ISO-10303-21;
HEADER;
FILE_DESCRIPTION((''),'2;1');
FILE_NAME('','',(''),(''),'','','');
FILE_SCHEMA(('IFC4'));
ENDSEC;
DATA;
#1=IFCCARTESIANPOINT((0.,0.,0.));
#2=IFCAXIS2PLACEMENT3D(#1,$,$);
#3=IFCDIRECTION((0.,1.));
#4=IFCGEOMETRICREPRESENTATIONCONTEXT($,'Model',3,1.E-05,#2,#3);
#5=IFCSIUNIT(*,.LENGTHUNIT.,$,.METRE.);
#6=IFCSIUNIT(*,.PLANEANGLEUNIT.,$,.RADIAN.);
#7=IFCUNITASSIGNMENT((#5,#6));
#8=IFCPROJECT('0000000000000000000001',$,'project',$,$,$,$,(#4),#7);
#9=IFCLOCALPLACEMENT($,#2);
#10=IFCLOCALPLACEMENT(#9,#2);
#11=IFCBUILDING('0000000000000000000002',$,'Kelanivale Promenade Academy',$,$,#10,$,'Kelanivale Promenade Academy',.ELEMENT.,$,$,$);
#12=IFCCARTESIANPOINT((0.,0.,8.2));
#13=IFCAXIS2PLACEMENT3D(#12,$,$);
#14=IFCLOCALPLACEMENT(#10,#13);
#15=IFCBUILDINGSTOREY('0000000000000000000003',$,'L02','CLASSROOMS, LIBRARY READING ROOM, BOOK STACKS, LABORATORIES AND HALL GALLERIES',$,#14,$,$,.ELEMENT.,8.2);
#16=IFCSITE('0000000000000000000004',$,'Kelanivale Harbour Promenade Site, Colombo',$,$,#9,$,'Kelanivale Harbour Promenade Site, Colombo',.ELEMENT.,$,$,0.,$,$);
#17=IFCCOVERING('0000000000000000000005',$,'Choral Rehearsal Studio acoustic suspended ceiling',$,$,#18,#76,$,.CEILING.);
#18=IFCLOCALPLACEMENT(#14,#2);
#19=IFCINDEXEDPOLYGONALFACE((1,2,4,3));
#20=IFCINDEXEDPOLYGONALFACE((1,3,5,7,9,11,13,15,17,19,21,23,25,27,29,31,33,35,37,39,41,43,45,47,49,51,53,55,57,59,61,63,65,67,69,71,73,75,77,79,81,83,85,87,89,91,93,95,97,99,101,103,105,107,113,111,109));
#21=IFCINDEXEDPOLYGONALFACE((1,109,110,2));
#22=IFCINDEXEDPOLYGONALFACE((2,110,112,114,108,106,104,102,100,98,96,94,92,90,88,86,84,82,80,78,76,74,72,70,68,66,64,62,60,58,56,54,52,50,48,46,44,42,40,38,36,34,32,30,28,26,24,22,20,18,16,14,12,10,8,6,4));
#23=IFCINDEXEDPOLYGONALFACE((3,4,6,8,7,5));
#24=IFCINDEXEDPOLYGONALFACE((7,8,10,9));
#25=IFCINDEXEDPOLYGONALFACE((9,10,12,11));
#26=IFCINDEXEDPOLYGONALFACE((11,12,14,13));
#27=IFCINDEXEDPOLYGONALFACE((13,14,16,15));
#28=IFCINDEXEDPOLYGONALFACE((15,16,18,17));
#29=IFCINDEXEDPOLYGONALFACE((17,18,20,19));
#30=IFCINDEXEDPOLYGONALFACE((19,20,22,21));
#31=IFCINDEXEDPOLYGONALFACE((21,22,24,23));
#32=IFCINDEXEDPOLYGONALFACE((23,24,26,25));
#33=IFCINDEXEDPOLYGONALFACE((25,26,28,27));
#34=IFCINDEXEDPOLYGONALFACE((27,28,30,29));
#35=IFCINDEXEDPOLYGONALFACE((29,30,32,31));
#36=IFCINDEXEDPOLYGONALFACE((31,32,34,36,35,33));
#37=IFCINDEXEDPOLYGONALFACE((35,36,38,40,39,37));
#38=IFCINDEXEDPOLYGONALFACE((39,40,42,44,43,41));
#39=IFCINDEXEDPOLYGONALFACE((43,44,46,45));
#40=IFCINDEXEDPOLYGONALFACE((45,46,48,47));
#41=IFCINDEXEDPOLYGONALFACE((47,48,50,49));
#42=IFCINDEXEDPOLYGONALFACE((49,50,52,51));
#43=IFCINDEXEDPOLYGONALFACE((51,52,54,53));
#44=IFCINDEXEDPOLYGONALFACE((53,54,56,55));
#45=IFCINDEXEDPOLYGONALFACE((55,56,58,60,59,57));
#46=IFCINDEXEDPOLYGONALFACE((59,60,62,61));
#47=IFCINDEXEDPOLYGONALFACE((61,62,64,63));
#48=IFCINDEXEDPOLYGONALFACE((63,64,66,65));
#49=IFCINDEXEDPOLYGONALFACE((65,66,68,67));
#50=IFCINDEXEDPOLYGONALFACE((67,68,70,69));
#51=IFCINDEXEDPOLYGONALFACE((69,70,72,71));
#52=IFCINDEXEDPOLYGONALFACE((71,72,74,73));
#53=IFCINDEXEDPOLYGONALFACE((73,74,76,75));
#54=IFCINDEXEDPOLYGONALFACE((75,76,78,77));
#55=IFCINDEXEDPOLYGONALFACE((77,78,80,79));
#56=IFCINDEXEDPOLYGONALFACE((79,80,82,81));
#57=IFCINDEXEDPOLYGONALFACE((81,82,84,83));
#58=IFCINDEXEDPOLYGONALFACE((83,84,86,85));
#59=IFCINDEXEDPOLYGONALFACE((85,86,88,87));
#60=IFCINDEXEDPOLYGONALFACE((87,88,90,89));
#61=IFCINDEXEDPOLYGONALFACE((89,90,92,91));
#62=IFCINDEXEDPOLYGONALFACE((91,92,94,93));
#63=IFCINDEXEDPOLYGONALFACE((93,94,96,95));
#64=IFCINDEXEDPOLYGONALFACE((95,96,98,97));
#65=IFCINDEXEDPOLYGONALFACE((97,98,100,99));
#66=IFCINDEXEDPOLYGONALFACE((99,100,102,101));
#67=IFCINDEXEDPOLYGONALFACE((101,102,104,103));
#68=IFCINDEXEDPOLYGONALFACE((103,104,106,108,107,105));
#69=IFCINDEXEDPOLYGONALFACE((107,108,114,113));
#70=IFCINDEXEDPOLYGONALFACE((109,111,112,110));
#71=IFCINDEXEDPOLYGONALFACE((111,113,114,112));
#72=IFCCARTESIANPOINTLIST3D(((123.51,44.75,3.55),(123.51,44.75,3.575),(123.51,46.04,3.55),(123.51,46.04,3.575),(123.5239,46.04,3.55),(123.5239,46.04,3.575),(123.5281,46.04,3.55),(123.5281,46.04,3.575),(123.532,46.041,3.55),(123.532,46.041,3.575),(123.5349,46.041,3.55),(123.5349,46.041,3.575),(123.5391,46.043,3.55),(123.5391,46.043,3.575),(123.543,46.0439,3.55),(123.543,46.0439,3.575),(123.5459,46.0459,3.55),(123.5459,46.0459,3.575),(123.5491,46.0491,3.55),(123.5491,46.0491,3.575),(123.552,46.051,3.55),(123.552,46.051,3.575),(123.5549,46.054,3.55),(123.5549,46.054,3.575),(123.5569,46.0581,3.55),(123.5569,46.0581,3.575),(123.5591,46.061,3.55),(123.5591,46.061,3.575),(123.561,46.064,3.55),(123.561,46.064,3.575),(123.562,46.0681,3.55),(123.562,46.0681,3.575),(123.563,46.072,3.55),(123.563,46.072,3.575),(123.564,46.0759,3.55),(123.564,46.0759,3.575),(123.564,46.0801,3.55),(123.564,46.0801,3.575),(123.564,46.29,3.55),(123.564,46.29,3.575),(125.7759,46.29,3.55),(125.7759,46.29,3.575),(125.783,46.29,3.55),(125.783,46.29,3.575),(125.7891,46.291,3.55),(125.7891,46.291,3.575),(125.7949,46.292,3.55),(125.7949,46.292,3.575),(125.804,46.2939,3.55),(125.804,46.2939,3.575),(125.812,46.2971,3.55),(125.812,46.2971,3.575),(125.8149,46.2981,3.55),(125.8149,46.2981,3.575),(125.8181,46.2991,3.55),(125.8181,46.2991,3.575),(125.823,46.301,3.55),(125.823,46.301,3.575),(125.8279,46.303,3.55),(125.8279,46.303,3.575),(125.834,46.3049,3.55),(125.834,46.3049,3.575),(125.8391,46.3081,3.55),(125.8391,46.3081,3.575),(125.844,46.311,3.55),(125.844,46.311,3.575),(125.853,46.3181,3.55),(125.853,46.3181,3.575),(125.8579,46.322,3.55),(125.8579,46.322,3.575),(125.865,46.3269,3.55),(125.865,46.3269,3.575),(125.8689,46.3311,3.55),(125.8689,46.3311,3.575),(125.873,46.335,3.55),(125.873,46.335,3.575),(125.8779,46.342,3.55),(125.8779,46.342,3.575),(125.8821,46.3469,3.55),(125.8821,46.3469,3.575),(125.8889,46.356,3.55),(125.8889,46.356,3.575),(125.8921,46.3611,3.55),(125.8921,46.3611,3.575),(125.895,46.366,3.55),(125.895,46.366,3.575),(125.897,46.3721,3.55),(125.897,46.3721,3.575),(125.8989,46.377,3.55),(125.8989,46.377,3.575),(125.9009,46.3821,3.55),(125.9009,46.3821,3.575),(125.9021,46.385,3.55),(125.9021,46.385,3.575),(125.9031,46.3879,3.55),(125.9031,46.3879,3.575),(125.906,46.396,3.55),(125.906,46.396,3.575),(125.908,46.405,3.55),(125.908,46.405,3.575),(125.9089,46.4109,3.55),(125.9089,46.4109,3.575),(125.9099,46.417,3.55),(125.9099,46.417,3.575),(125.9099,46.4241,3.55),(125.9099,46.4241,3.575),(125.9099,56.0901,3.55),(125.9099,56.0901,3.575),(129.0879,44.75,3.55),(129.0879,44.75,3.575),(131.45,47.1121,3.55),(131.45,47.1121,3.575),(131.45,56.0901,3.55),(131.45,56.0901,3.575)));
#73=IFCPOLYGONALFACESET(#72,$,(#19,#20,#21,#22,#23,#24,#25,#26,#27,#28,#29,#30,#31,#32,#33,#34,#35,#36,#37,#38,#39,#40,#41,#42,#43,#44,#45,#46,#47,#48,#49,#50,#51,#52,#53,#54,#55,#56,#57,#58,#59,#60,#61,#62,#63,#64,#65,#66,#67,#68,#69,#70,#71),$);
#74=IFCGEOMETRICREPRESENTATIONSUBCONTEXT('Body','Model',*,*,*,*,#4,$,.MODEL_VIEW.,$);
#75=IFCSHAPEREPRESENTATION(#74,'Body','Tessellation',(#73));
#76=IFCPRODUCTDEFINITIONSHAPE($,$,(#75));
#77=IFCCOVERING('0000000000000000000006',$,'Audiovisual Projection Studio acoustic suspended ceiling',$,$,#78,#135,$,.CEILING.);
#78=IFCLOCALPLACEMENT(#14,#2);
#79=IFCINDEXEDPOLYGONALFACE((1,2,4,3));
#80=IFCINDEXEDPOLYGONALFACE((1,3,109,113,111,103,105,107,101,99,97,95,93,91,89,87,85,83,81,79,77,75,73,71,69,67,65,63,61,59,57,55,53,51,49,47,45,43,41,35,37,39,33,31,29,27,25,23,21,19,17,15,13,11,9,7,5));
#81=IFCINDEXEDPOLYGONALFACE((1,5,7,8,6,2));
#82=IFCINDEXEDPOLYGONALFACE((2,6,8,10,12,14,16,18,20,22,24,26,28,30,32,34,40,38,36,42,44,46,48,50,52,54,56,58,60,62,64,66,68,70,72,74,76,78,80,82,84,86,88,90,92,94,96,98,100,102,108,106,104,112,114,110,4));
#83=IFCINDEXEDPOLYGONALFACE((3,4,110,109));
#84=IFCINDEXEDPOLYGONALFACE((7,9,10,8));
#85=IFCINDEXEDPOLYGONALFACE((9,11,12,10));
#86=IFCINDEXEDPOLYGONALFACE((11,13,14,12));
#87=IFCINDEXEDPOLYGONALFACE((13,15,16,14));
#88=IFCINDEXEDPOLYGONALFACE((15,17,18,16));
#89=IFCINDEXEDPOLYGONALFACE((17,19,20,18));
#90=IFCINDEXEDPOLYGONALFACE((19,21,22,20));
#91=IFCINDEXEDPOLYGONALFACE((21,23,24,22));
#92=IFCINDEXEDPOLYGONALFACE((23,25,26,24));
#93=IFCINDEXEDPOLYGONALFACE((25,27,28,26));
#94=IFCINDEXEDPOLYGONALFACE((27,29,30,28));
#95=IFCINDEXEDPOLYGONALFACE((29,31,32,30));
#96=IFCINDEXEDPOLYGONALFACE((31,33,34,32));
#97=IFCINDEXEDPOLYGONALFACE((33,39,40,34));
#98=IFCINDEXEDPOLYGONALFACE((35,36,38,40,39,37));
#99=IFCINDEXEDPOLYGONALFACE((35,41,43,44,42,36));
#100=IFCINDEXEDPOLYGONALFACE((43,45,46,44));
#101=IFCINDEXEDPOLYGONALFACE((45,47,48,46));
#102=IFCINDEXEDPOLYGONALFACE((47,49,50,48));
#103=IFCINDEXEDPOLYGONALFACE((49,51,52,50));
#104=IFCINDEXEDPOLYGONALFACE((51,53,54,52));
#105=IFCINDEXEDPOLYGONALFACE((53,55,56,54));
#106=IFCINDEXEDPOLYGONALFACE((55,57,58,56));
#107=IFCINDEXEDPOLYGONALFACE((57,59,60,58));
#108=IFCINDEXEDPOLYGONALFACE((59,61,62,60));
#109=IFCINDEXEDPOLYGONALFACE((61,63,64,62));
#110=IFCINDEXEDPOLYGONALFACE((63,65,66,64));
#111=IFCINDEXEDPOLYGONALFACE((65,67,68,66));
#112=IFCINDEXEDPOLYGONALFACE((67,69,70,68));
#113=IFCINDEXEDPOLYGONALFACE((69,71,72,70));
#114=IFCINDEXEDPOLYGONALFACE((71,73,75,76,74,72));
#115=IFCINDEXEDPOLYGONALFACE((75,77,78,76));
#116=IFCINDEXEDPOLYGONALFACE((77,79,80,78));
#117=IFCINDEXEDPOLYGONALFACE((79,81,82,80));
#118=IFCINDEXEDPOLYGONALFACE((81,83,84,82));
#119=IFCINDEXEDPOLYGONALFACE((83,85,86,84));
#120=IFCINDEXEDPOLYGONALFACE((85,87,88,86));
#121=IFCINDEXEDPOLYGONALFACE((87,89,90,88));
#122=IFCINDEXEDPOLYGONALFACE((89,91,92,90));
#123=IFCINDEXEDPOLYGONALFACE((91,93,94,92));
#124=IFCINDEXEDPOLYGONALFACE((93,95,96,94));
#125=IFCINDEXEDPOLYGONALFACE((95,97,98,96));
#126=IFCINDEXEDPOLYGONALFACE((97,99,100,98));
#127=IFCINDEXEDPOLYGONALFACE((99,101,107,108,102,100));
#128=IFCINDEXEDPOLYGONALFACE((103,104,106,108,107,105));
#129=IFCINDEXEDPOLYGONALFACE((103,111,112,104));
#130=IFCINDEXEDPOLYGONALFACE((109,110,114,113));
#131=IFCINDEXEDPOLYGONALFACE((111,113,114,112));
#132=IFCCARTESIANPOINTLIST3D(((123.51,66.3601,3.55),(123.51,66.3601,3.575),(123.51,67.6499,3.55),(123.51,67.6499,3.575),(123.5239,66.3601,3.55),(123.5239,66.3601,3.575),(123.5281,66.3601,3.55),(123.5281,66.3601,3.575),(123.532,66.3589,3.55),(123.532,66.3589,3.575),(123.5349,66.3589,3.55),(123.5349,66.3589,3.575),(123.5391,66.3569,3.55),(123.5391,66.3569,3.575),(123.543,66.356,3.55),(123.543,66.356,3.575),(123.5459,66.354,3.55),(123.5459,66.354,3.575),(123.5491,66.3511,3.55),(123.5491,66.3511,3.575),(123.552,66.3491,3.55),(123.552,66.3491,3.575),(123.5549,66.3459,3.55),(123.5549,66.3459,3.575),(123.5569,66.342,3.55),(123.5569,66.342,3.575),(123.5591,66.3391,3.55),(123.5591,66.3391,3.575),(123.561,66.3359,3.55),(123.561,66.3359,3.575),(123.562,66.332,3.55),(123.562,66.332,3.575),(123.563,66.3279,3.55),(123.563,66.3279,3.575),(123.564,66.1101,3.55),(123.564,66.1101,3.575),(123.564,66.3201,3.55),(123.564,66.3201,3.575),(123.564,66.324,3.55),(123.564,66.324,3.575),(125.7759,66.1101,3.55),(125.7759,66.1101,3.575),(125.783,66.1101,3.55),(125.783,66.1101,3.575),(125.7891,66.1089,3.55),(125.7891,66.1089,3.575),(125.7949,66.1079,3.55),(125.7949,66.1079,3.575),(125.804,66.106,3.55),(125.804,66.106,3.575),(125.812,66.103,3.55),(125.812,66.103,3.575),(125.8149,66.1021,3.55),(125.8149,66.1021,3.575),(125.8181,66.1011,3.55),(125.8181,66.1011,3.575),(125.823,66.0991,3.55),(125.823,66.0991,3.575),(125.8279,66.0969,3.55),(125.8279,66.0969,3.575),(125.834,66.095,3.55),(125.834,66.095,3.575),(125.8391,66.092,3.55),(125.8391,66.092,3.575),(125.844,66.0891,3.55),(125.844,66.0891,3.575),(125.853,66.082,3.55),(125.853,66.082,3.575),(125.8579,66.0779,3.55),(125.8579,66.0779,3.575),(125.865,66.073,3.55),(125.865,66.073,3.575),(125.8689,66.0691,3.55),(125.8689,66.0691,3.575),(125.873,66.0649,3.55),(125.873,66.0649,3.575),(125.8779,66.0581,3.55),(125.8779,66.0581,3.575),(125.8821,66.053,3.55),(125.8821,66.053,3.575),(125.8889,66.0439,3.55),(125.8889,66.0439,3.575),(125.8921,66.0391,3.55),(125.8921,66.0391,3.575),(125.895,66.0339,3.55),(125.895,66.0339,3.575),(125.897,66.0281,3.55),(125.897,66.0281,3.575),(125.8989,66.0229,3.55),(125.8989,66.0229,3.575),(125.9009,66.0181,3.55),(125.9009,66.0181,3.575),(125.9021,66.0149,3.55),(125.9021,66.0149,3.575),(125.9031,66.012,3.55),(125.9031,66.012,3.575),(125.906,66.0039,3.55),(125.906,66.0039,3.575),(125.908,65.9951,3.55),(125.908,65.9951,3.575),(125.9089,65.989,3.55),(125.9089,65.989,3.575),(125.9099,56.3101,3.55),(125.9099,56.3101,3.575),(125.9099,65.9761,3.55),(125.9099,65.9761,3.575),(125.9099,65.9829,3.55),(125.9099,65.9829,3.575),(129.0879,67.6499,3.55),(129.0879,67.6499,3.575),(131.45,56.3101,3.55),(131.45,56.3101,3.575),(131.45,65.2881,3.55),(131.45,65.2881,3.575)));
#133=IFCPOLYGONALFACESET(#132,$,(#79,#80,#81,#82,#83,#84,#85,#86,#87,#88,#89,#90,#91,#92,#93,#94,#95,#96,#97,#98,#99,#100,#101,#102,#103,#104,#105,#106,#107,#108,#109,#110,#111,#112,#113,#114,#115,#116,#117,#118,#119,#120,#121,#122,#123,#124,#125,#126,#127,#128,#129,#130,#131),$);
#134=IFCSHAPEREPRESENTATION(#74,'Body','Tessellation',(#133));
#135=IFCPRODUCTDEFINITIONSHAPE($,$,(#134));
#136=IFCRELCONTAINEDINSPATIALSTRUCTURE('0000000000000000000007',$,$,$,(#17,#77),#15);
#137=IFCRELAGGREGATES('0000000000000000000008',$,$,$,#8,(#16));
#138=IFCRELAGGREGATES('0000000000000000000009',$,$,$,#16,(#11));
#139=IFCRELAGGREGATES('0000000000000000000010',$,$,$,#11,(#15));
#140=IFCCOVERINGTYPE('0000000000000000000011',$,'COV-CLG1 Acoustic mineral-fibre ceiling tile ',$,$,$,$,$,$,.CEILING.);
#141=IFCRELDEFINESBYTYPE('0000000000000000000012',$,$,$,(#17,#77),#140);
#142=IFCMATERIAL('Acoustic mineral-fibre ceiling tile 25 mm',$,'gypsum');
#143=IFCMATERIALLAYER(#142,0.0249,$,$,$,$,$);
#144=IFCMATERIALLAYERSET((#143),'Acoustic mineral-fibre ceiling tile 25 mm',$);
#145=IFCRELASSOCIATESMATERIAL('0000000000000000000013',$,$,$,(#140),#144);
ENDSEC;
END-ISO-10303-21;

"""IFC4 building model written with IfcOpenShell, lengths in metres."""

from ifc_helpers import new_model, si_unit, direction, frame, origin, place, context, subcontext, project, spatial, polyline, outline, extrude, material, layer, layer_set, type_object, element, save


model = new_model("IFC4")

# Units and contexts
model_context = context("Model", 3, precision=1e-05, world=origin(), true_north=direction((0.0, 1.0)))
body_context = subcontext(model_context, "Body", "Model", "MODEL_VIEW")
ifc_project = project(units=[si_unit("LENGTHUNIT", "METRE"), si_unit("PLANEANGLEUNIT", "RADIAN")], contexts=[model_context])

# Site, building, storey
site_placement = place(None, origin())
site = spatial("IfcSite", under=ifc_project, at=site_placement, Name="Kelanivale Harbour Promenade Site, Colombo", LongName="Kelanivale Harbour Promenade Site, Colombo", CompositionType="ELEMENT", RefElevation=0.0)
building_placement = place(site_placement, origin())
building = spatial("IfcBuilding", under=site, at=building_placement, Name="Kelanivale Promenade Academy", LongName="Kelanivale Promenade Academy", CompositionType="ELEMENT")
storey_placement = place(building_placement, frame((0.0, 0.0, 8.2)))
storey = spatial("IfcBuildingStorey", under=building, at=storey_placement, Name="L02", Description="CLASSROOMS, LIBRARY READING ROOM, BOOK STACKS, LABORATORIES AND HALL GALLERIES", CompositionType="ELEMENT", Elevation=8.2)

# Coverings
ifc_material_1 = material(Name="Acoustic mineral-fibre ceiling tile 25 mm", Category="gypsum")
ifc_layer_1 = layer(ifc_material_1, 0.0249)
ifc_layer_set_1 = layer_set([ifc_layer_1], Name="Acoustic mineral-fibre ceiling tile 25 mm")
covering_type_1 = type_object("IfcCoveringType", Name="COV-CLG1 Acoustic mineral-fibre ceiling tile ", PredefinedType="CEILING", material=ifc_layer_set_1)
covering_1_placement = place(storey_placement, frame((0.0, 0.0, 3.55)))
element("IfcCovering", 1, at=covering_1_placement, inside=storey, type_object=covering_type_1, Name="Choral Rehearsal Studio acoustic suspended ceiling", PredefinedType="CEILING", context=body_context, shape_type="SweptSolid", body=[
    extrude(outline(polyline([(131.45, 47.1121), (131.45, 56.0901), (125.9099, 56.0901), (125.9099, 46.4241), (125.9099, 46.417), (125.9089, 46.4109), (125.908, 46.405), (125.906, 46.396), (125.9031, 46.3879), (125.9021, 46.385), (125.9009, 46.3821), (125.8989, 46.377), (125.897, 46.3721), (125.895, 46.366), (125.8921, 46.3611), (125.8889, 46.356), (125.8821, 46.3469), (125.8779, 46.342), (125.873, 46.335), (125.8689, 46.3311), (125.865, 46.3269), (125.8579, 46.322), (125.853, 46.3181), (125.844, 46.311), (125.8391, 46.3081), (125.834, 46.3049), (125.8279, 46.303), (125.823, 46.301), (125.8181, 46.2991), (125.8149, 46.2981), (125.812, 46.2971), (125.804, 46.2939), (125.7949, 46.292), (125.7891, 46.291), (125.783, 46.29), (125.7759, 46.29), (123.564, 46.29), (123.564, 46.0801), (123.564, 46.0759), (123.563, 46.072), (123.562, 46.0681), (123.561, 46.064), (123.5591, 46.061), (123.5569, 46.0581), (123.5549, 46.054), (123.552, 46.051), (123.5491, 46.0491), (123.5459, 46.0459), (123.543, 46.0439), (123.5391, 46.043), (123.5349, 46.041), (123.532, 46.041), (123.5281, 46.04), (123.5239, 46.04), (123.51, 46.04), (123.51, 44.75), (129.0879, 44.75), (131.45, 47.1121)])), origin(), (0.0, 0.0, 1.0), 0.0249),
])
covering_2_placement = place(storey_placement, frame((0.0, 0.0, 3.55)))
element("IfcCovering", 2, at=covering_2_placement, inside=storey, type_object=covering_type_1, Name="Audiovisual Projection Studio acoustic suspended ceiling", PredefinedType="CEILING", context=body_context, shape_type="SweptSolid", body=[
    extrude(outline(polyline([(131.45, 65.2881), (129.0879, 67.6499), (123.51, 67.6499), (123.51, 66.3601), (123.5239, 66.3601), (123.5281, 66.3601), (123.532, 66.3589), (123.5349, 66.3589), (123.5391, 66.3569), (123.543, 66.356), (123.5459, 66.354), (123.5491, 66.3511), (123.552, 66.3491), (123.5549, 66.3459), (123.5569, 66.342), (123.5591, 66.3391), (123.561, 66.3359), (123.562, 66.332), (123.563, 66.3279), (123.564, 66.324), (123.564, 66.3201), (123.564, 66.1101), (125.7759, 66.1101), (125.783, 66.1101), (125.7891, 66.1089), (125.7949, 66.1079), (125.804, 66.106), (125.812, 66.103), (125.8149, 66.1021), (125.8181, 66.1011), (125.823, 66.0991), (125.8279, 66.0969), (125.834, 66.095), (125.8391, 66.092), (125.844, 66.0891), (125.853, 66.082), (125.8579, 66.0779), (125.865, 66.073), (125.8689, 66.0691), (125.873, 66.0649), (125.8779, 66.0581), (125.8821, 66.053), (125.8889, 66.0439), (125.8921, 66.0391), (125.895, 66.0339), (125.897, 66.0281), (125.8989, 66.0229), (125.9009, 66.0181), (125.9021, 66.0149), (125.9031, 66.012), (125.906, 66.0039), (125.908, 65.9951), (125.9089, 65.989), (125.9099, 65.9829), (125.9099, 65.9761), (125.9099, 56.3101), (131.45, 56.3101), (131.45, 65.2881)])), origin(), (0.0, 0.0, 1.0), 0.0249),
])

save(model, "model.ifc")
